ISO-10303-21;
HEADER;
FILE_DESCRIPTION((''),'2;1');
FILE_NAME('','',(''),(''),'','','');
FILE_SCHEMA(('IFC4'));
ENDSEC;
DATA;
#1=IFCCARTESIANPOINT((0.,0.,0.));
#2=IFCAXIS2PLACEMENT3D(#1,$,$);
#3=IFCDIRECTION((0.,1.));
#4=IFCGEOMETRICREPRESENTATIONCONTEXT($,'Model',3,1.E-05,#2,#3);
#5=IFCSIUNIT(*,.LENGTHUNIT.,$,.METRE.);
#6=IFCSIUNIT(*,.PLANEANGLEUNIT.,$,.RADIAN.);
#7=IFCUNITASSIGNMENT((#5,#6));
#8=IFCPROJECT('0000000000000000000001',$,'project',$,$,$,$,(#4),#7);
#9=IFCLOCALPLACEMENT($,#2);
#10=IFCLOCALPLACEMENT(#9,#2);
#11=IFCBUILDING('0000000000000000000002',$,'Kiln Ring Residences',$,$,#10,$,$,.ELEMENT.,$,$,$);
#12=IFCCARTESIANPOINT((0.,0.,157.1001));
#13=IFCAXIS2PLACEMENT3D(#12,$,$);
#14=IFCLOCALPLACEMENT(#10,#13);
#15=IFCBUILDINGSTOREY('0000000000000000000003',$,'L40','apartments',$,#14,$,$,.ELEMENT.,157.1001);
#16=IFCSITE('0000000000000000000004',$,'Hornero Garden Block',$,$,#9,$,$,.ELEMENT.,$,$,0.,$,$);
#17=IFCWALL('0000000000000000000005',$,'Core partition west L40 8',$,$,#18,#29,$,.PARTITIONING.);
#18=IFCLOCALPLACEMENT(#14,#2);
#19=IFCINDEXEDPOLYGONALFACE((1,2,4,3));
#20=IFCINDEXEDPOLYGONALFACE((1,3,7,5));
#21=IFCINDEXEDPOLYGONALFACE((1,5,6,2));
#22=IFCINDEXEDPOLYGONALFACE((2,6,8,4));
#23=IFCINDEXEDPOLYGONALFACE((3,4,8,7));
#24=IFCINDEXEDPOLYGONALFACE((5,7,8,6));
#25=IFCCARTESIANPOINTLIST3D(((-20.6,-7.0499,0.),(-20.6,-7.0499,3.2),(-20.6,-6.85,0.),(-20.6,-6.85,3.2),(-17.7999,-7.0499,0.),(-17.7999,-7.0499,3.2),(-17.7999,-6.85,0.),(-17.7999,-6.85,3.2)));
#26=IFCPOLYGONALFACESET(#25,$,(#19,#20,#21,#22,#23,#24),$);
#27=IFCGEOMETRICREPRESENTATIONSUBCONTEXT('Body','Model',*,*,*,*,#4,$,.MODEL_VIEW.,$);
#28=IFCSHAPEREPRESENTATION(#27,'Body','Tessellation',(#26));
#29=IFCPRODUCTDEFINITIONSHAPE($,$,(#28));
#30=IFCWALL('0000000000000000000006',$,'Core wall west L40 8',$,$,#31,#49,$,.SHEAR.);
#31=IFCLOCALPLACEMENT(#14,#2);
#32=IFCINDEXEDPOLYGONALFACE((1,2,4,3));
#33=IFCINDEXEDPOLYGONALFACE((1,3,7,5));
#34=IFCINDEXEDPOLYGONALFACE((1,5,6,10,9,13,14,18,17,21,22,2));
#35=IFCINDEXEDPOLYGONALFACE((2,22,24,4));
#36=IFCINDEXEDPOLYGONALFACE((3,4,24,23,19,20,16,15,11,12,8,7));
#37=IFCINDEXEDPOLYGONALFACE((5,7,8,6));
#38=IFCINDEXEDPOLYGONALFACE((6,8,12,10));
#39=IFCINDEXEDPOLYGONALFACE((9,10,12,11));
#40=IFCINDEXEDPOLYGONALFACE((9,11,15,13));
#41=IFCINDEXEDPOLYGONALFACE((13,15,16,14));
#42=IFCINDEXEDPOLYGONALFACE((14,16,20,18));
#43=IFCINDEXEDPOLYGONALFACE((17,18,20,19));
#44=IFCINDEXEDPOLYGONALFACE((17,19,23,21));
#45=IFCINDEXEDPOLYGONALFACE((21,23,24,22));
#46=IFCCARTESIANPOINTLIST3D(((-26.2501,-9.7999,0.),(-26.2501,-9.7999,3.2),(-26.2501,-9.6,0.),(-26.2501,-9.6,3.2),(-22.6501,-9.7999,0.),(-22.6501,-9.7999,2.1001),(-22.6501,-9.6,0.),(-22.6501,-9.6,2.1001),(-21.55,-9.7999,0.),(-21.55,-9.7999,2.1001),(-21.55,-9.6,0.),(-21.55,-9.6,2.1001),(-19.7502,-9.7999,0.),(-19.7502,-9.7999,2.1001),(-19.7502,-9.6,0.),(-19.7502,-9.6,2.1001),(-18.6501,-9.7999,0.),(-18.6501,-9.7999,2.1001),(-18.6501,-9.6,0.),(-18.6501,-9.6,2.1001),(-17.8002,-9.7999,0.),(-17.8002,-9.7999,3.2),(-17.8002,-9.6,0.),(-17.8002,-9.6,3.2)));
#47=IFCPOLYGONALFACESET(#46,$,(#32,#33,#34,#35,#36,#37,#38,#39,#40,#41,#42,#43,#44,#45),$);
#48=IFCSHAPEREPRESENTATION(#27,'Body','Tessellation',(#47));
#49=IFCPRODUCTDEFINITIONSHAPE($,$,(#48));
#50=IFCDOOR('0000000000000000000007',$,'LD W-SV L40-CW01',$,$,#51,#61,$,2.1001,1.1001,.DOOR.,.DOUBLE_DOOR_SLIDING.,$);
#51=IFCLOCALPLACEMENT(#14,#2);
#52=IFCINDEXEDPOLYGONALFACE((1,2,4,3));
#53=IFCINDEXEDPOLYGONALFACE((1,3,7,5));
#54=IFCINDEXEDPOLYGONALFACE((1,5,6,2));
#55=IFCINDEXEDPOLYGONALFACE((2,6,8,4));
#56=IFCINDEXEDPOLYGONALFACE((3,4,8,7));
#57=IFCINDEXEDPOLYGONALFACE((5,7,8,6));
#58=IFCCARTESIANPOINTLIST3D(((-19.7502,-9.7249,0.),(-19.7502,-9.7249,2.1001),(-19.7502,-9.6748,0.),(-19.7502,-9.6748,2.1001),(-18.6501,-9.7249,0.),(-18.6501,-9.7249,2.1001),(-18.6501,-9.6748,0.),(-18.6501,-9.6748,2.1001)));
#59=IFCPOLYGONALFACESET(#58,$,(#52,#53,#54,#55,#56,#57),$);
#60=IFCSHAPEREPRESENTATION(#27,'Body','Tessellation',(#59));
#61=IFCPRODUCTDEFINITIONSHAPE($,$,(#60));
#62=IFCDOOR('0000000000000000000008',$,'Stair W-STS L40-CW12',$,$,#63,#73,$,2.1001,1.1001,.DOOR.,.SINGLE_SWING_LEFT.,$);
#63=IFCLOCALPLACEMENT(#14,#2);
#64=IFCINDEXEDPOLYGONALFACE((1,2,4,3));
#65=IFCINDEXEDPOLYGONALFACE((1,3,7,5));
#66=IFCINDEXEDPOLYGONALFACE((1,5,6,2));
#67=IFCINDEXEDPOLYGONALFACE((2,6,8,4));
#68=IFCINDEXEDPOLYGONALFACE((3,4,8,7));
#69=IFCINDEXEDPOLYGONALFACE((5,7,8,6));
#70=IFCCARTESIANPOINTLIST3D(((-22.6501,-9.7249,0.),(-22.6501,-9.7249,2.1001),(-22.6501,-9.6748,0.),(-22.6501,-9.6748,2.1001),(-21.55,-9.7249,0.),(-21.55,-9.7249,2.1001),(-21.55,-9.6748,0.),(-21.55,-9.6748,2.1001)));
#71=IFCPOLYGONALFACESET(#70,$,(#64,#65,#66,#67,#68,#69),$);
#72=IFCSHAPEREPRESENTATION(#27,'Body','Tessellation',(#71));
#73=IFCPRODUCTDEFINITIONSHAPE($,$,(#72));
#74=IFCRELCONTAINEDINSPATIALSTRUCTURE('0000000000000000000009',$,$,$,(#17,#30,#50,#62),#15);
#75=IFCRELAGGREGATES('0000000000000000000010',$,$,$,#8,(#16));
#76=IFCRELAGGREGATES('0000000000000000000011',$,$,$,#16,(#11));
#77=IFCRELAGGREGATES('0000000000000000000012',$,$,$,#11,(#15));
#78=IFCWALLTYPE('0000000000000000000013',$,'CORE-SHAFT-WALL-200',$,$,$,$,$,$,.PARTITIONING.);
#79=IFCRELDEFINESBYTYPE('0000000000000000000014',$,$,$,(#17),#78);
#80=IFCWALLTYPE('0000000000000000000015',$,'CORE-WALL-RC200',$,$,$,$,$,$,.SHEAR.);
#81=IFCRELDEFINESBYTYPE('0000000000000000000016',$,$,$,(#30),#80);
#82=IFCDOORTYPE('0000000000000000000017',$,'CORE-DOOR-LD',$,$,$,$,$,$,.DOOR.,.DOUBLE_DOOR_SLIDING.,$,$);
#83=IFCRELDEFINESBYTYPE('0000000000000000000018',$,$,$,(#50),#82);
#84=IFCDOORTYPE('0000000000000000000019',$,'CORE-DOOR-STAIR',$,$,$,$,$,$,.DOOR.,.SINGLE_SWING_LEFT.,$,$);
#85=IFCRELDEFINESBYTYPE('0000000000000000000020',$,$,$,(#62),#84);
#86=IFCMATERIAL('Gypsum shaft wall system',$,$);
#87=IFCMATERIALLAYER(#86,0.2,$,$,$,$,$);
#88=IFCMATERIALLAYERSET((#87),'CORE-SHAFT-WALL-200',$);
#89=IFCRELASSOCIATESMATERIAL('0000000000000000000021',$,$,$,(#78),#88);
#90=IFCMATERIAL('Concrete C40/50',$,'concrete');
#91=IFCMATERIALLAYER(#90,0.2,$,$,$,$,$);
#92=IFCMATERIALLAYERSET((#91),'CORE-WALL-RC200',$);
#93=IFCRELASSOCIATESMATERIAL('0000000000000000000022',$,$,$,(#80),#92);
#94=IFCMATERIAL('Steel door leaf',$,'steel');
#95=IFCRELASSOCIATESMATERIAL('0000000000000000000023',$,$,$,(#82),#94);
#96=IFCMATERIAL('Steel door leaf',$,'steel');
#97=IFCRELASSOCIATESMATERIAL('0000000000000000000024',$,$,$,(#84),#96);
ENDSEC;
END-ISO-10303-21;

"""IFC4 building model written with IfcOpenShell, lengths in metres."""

from ifc_helpers import new_model, si_unit, direction, frame, frame_2d, origin, place, context, subcontext, project, spatial, rectangle, extrude, material, layer, layer_set, type_object, element, fill, save


model = new_model("IFC4")

# Units and contexts
model_context = context("Model", 3, precision=1e-05, world=origin(), true_north=direction((0.0, 1.0)))
body_context = subcontext(model_context, "Body", "Model", "MODEL_VIEW")
ifc_project = project(units=[si_unit("LENGTHUNIT", "METRE"), si_unit("PLANEANGLEUNIT", "RADIAN")], contexts=[model_context])

# Site, building, storey
site_placement = place(None, origin())
site = spatial("IfcSite", under=ifc_project, at=site_placement, Name="Hornero Garden Block", CompositionType="ELEMENT", RefElevation=0.0)
building_placement = place(site_placement, origin())
building = spatial("IfcBuilding", under=site, at=building_placement, Name="Kiln Ring Residences", CompositionType="ELEMENT")
storey_placement = place(building_placement, frame((0.0, 0.0, 157.1001)))
storey = spatial("IfcBuildingStorey", under=building, at=storey_placement, Name="L40", Description="apartments", CompositionType="ELEMENT", Elevation=157.1001)

# Wall
ifc_material_1 = material(Name="Gypsum shaft wall system")
ifc_layer_1 = layer(ifc_material_1, 0.2)
ifc_layer_set_1 = layer_set([ifc_layer_1], Name="CORE-SHAFT-WALL-200")
wall_type_1 = type_object("IfcWallType", Name="CORE-SHAFT-WALL-200", PredefinedType="PARTITIONING", material=ifc_layer_set_1)
wall_1_placement = place(storey_placement, frame((-17.8, -6.95, 0.0), z_axis=(0.0, 0.0, 1.0), x_axis=(-1.0, 0.0, 0.0)))
element("IfcWall", 1, at=wall_1_placement, inside=storey, type_object=wall_type_1, Name="Core partition west L40 8", PredefinedType="PARTITIONING", context=body_context, shape_type="SweptSolid", body=[
    extrude(rectangle(XDim=2.8, YDim=0.2, at=frame_2d((1.3999, 0.0))), origin(), (0.0, 0.0, 1.0), 3.2),
])

# Wall, openings, doors
ifc_material_2 = material(Name="Concrete C40/50", Category="concrete")
ifc_layer_2 = layer(ifc_material_2, 0.2)
ifc_layer_set_2 = layer_set([ifc_layer_2], Name="CORE-WALL-RC200")
wall_type_2 = type_object("IfcWallType", Name="CORE-WALL-RC200", PredefinedType="SHEAR", material=ifc_layer_set_2)
wall_2_placement = place(storey_placement, frame((-17.8, -9.7, 0.0), z_axis=(0.0, 0.0, 1.0), x_axis=(-1.0, 0.0, 0.0)))
wall_2 = element("IfcWall", 2, at=wall_2_placement, inside=storey, type_object=wall_type_2, Name="Core wall west L40 8", PredefinedType="SHEAR", context=body_context, shape_type="SweptSolid", body=[
    extrude(rectangle(XDim=8.45, YDim=0.2, at=frame_2d((4.2251, 0.0))), origin(), (0.0, 0.0, 1.0), 3.2),
])
opening_1_placement = place(wall_2_placement, frame((0.8501, 0.0, 0.0)))
opening_1 = element("IfcOpeningElement", 3, at=opening_1_placement, cuts=wall_2, PredefinedType="OPENING", context=body_context, shape_type="SweptSolid", body=[
    extrude(rectangle(XDim=1.1001, YDim=2.1001, at=frame_2d((0.55, 1.05))), frame((0.0, 0.1099, 0.0), z_axis=(0.0, -1.0, 0.0), x_axis=(1.0, 0.0, 0.0)), (0.0, 0.0, 1.0), 0.22),
])
opening_2_placement = place(wall_2_placement, frame((3.75, 0.0, 0.0)))
opening_2 = element("IfcOpeningElement", 4, at=opening_2_placement, cuts=wall_2, PredefinedType="OPENING", context=body_context, shape_type="SweptSolid", body=[
    extrude(rectangle(XDim=1.1001, YDim=2.1001, at=frame_2d((0.55, 1.05))), frame((0.0, 0.1099, 0.0), z_axis=(0.0, -1.0, 0.0), x_axis=(1.0, 0.0, 0.0)), (0.0, 0.0, 1.0), 0.22),
])
ifc_material_3 = material(Name="Steel door leaf", Category="steel")
door_type_1 = type_object("IfcDoorType", Name="CORE-DOOR-LD", OperationType="DOUBLE_DOOR_SLIDING", PredefinedType="DOOR", material=ifc_material_3)
door_1_placement = place(opening_1_placement, origin())
door_1 = element("IfcDoor", 5, at=door_1_placement, inside=storey, type_object=door_type_1, Name="LD W-SV L40-CW01", OperationType="DOUBLE_DOOR_SLIDING", OverallHeight=2.1001, OverallWidth=1.1001, PredefinedType="DOOR", context=body_context, shape_type="SweptSolid", body=[
    extrude(rectangle(XDim=1.1001, YDim=2.1001, at=frame_2d((0.55, 1.05))), frame((0.0, 0.0249, 0.0), z_axis=(0.0, -1.0, 0.0), x_axis=(1.0, 0.0, 0.0)), (0.0, 0.0, 1.0), 0.05),
])
fill(opening_1, door_1)
ifc_material_4 = material(Name="Steel door leaf", Category="steel")
door_type_2 = type_object("IfcDoorType", Name="CORE-DOOR-STAIR", OperationType="SINGLE_SWING_LEFT", PredefinedType="DOOR", material=ifc_material_4)
door_2_placement = place(opening_2_placement, origin())
door_2 = element("IfcDoor", 6, at=door_2_placement, inside=storey, type_object=door_type_2, Name="Stair W-STS L40-CW12", OperationType="SINGLE_SWING_LEFT", OverallHeight=2.1001, OverallWidth=1.1001, PredefinedType="DOOR", context=body_context, shape_type="SweptSolid", body=[
    extrude(rectangle(XDim=1.1001, YDim=2.1001, at=frame_2d((0.55, 1.05))), frame((0.0, 0.0249, 0.0), z_axis=(0.0, -1.0, 0.0), x_axis=(1.0, 0.0, 0.0)), (0.0, 0.0, 1.0), 0.05),
])
fill(opening_2, door_2)

save(model, "model.ifc")
